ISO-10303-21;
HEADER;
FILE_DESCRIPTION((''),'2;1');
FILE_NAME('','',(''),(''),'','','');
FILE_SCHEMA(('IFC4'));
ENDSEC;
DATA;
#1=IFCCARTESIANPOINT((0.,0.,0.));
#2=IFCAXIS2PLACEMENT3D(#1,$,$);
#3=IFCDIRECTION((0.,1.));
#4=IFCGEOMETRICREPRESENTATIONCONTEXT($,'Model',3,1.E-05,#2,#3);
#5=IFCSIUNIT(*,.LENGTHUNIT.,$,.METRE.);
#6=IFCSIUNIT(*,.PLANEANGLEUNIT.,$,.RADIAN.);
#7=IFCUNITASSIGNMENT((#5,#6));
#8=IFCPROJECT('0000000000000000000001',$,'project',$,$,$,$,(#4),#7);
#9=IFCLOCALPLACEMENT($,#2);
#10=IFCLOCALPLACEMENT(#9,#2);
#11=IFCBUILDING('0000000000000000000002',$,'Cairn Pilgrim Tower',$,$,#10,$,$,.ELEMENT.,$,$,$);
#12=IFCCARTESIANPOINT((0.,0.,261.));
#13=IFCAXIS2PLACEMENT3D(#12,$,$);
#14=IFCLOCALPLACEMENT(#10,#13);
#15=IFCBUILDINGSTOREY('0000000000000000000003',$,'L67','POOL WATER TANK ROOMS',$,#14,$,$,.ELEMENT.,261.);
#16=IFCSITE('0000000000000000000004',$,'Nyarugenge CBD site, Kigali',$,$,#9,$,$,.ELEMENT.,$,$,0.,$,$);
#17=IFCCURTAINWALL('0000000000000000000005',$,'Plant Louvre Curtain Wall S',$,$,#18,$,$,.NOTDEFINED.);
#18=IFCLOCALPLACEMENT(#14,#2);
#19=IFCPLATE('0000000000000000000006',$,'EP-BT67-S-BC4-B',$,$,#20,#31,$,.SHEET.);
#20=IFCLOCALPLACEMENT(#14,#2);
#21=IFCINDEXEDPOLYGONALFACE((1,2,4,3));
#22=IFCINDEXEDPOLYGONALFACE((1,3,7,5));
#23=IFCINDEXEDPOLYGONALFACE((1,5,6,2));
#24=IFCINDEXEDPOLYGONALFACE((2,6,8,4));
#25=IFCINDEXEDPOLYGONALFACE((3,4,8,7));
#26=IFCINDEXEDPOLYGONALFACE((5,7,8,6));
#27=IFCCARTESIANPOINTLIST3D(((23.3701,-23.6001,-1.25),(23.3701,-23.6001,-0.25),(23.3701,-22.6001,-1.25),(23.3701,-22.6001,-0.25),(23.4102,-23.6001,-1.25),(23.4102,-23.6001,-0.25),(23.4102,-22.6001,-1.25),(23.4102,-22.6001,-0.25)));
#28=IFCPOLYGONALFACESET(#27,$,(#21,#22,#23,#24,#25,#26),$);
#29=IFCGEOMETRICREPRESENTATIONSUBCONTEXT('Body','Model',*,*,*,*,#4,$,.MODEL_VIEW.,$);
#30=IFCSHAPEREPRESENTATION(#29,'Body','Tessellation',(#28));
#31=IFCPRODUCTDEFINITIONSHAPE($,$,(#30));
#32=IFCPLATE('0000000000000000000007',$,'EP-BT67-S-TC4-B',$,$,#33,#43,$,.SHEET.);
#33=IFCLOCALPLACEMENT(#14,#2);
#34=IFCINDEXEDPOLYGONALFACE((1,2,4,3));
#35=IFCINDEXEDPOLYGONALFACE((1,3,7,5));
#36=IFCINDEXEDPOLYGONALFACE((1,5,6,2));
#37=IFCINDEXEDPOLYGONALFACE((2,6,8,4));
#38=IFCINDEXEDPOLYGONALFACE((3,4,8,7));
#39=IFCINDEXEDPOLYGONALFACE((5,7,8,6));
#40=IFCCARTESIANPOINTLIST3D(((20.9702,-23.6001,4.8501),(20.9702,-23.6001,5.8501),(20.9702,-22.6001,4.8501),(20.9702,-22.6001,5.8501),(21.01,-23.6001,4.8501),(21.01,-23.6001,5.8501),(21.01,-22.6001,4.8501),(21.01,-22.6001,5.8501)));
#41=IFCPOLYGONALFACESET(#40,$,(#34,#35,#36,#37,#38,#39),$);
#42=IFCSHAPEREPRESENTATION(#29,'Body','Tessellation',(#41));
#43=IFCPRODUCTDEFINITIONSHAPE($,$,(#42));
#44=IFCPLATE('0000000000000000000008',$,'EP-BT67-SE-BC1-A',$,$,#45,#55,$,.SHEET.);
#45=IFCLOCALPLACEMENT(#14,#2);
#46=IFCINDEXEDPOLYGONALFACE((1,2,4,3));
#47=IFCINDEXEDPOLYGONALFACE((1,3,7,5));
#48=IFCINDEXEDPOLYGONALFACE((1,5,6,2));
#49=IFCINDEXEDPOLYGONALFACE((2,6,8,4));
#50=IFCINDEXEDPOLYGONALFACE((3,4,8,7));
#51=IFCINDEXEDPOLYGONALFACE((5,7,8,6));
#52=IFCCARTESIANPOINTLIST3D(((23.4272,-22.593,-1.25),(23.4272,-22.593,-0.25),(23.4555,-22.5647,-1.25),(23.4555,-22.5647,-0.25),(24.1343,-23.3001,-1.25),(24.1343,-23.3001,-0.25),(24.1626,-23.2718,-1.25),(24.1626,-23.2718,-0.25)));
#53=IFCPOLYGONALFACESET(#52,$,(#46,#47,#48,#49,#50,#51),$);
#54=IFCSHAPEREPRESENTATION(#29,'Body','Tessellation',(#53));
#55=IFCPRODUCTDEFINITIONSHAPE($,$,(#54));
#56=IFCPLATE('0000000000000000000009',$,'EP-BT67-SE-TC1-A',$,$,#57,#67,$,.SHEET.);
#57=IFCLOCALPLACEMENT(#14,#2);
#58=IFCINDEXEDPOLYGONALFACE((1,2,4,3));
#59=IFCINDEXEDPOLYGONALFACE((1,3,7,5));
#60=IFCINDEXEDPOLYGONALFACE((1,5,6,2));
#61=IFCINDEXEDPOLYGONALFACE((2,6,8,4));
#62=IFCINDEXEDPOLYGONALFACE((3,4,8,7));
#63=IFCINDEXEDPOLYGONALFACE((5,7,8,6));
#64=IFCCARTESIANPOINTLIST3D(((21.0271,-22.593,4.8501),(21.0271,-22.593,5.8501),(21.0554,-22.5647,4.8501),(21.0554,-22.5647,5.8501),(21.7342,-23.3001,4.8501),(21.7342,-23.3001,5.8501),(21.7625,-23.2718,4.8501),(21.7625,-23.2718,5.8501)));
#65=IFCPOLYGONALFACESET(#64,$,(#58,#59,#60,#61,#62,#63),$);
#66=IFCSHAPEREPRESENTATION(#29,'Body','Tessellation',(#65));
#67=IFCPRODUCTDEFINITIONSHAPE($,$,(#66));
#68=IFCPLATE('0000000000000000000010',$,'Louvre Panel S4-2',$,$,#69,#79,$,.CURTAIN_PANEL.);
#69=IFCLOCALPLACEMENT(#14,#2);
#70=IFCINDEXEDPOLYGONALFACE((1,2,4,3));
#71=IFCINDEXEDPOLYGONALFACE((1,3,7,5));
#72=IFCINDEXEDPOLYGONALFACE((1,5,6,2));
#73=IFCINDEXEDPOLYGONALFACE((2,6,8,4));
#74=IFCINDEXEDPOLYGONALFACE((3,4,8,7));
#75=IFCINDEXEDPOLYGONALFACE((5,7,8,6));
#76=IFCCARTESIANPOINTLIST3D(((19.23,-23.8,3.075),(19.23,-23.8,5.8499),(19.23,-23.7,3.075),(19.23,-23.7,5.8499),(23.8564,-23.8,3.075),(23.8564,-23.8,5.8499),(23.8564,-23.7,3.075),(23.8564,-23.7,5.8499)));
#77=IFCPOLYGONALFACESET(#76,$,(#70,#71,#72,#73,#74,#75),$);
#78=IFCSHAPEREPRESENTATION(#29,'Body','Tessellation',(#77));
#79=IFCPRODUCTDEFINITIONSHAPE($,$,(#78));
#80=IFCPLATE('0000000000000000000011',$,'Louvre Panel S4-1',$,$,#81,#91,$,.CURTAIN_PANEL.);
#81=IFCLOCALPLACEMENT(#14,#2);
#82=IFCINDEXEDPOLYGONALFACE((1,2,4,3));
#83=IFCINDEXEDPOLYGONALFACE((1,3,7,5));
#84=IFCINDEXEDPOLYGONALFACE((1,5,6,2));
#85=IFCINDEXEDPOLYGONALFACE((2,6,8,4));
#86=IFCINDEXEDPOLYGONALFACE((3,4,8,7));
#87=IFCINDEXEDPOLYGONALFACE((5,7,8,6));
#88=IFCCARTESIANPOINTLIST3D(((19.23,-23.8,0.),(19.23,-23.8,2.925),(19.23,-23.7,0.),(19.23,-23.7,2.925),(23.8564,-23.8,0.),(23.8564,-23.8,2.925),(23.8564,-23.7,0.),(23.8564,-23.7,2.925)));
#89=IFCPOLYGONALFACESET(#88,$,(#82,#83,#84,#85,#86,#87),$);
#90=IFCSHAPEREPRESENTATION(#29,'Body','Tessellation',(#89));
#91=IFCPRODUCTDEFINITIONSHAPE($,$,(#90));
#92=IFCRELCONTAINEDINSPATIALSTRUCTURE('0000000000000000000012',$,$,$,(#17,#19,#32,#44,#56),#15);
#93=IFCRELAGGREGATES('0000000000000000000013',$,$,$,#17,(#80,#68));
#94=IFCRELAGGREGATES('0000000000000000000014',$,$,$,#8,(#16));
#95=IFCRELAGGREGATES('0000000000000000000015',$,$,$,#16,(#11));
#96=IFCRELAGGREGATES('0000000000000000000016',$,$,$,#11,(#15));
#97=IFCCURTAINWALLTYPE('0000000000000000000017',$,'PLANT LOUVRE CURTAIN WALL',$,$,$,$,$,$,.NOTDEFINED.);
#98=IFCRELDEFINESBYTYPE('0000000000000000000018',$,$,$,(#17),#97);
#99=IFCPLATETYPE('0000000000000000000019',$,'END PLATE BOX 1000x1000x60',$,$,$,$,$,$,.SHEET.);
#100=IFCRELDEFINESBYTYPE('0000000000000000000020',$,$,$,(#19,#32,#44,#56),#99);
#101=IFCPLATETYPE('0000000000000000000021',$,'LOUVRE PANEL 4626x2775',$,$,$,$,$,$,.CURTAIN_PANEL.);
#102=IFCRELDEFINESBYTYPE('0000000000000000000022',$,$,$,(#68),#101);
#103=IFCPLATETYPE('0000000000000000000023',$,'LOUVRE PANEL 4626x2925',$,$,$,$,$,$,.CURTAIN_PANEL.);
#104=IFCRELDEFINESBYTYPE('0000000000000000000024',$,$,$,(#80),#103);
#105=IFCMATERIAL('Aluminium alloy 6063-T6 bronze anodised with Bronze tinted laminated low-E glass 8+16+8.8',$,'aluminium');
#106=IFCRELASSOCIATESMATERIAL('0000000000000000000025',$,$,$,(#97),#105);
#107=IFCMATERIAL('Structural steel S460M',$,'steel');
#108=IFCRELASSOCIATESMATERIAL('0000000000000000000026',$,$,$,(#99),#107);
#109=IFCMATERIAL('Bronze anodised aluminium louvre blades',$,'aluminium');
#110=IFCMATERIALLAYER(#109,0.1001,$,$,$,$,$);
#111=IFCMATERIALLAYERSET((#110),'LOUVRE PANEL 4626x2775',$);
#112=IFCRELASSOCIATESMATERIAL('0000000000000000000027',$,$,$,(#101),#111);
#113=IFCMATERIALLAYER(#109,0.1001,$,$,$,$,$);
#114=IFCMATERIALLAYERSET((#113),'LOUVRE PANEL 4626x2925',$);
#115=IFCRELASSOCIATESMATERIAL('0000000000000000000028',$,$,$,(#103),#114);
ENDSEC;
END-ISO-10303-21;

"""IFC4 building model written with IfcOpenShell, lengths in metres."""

from ifc_helpers import new_model, si_unit, direction, frame, origin, origin_2d, place, context, subcontext, project, spatial, rectangle, extrude, material, layer, layer_set, material_profile, profile_set, type_object, element, aggregate, save


model = new_model("IFC4")

# Units and contexts
model_context = context("Model", 3, precision=1e-05, world=origin(), true_north=direction((0.0, 1.0)))
body_context = subcontext(model_context, "Body", "Model", "MODEL_VIEW")
ifc_project = project(units=[si_unit("LENGTHUNIT", "METRE"), si_unit("PLANEANGLEUNIT", "RADIAN")], contexts=[model_context])

# Site, building, storey
site_placement = place(None, origin())
site = spatial("IfcSite", under=ifc_project, at=site_placement, Name="Nyarugenge CBD site, Kigali", CompositionType="ELEMENT", RefElevation=0.0)
building_placement = place(site_placement, origin())
building = spatial("IfcBuilding", under=site, at=building_placement, Name="Cairn Pilgrim Tower", CompositionType="ELEMENT")
storey_placement = place(building_placement, frame((0.0, 0.0, 261.0)))
storey = spatial("IfcBuildingStorey", under=building, at=storey_placement, Name="L67", Description="POOL WATER TANK ROOMS", CompositionType="ELEMENT", Elevation=261.0)

# Shared definitions
ifc_material_1 = material(Name="Structural steel S460M", Category="steel")

# Curtain wall
ifc_material_2 = material(Name="Aluminium alloy 6063-T6 bronze anodised with Bronze tinted laminated low-E glass 8+16+8.8", Category="aluminium")
curtain_wall_type = type_object("IfcCurtainWallType", Name="PLANT LOUVRE CURTAIN WALL", PredefinedType="NOTDEFINED", material=ifc_material_2)
curtain_wall_1_placement = place(storey_placement, origin())
curtain_wall_1 = element("IfcCurtainWall", 1, at=curtain_wall_1_placement, inside=storey, type_object=curtain_wall_type, Name="Plant Louvre Curtain Wall S", PredefinedType="NOTDEFINED")

# Plates
ifc_material_profile_1 = material_profile(ifc_material_1, rectangle(XDim=1.0, YDim=1.0, at=origin_2d()), Name="END PLATE BOX 1000x1000x60")
ifc_profile_set_1 = profile_set([ifc_material_profile_1], Name="Structural steel S460M")
plate_type_1 = type_object("IfcPlateType", Name="END PLATE BOX 1000x1000x60", PredefinedType="SHEET", material=ifc_profile_set_1)
plate_1_placement = place(storey_placement, frame((23.3701, -23.1001, -0.75), z_axis=(1.0, 0.0, 0.0), x_axis=(0.0, 1.0, 0.0)))
element("IfcPlate", 2, at=plate_1_placement, inside=storey, type_object=plate_type_1, Name="EP-BT67-S-BC4-B", PredefinedType="SHEET", context=body_context, shape_type="SweptSolid", body=[
    extrude(rectangle(XDim=1.0, YDim=1.0, at=origin_2d()), origin(), (0.0, 0.0, 1.0), 0.04),
])
plate_2_placement = place(storey_placement, frame((20.9702, -23.1001, 5.3501), z_axis=(1.0, 0.0, 0.0), x_axis=(0.0, 1.0, 0.0)))
element("IfcPlate", 3, at=plate_2_placement, inside=storey, type_object=plate_type_1, Name="EP-BT67-S-TC4-B", PredefinedType="SHEET", context=body_context, shape_type="SweptSolid", body=[
    extrude(rectangle(XDim=1.0, YDim=1.0, at=origin_2d()), origin(), (0.0, 0.0, 1.0), 0.0398),
])
for number, where, z_axis, x_axis, name in (
    (4, (23.8091, -22.9182, -0.75), (-0.707107, -0.707107, 0.0), (0.707107, -0.707107, 0.0), "EP-BT67-SE-BC1-A"),
    (5, (21.4089, -22.9182, 5.3501), (-0.707107, -0.707107, 0.0), (0.707107, -0.707107, 0.0), "EP-BT67-SE-TC1-A"),
):
    element("IfcPlate", number, at=place(storey_placement, frame(where, z_axis=z_axis, x_axis=x_axis)), inside=storey, type_object=plate_type_1, Name=name, PredefinedType="SHEET", context=body_context, shape_type="SweptSolid", body=[
        extrude(rectangle(XDim=1.0, YDim=1.0, at=origin_2d()), origin(), (0.0, 0.0, 1.0), 0.04),
    ])

# Plates
ifc_material_3 = material(Name="Bronze anodised aluminium louvre blades", Category="aluminium")
ifc_layer_1 = layer(ifc_material_3, 0.1001)
ifc_layer_set_1 = layer_set([ifc_layer_1], Name="LOUVRE PANEL 4626x2775")
plate_type_2 = type_object("IfcPlateType", Name="LOUVRE PANEL 4626x2775", PredefinedType="CURTAIN_PANEL", material=ifc_layer_set_1)
plate_3_placement = place(storey_placement, frame((21.5432, -23.75, 3.075), z_axis=(0.0, 0.0, 1.0), x_axis=(1.0, 0.0, 0.0)))
plate_3 = element("IfcPlate", 6, at=plate_3_placement, type_object=plate_type_2, Name="Louvre Panel S4-2", PredefinedType="CURTAIN_PANEL", context=body_context, shape_type="SweptSolid", body=[
    extrude(rectangle(XDim=4.6265, YDim=0.1001, at=origin_2d()), origin(), (0.0, 0.0, 1.0), 2.7749),
])
ifc_layer_2 = layer(ifc_material_3, 0.1001)
ifc_layer_set_2 = layer_set([ifc_layer_2], Name="LOUVRE PANEL 4626x2925")
plate_type_3 = type_object("IfcPlateType", Name="LOUVRE PANEL 4626x2925", PredefinedType="CURTAIN_PANEL", material=ifc_layer_set_2)
plate_4_placement = place(storey_placement, frame((21.5432, -23.75, 0.0), z_axis=(0.0, 0.0, 1.0), x_axis=(1.0, 0.0, 0.0)))
plate_4 = element("IfcPlate", 7, at=plate_4_placement, type_object=plate_type_3, Name="Louvre Panel S4-1", PredefinedType="CURTAIN_PANEL", context=body_context, shape_type="SweptSolid", body=[
    extrude(rectangle(XDim=4.6265, YDim=0.1001, at=origin_2d()), origin(), (0.0, 0.0, 1.0), 2.925),
])
aggregate(curtain_wall_1, [plate_4, plate_3])

save(model, "model.ifc")
